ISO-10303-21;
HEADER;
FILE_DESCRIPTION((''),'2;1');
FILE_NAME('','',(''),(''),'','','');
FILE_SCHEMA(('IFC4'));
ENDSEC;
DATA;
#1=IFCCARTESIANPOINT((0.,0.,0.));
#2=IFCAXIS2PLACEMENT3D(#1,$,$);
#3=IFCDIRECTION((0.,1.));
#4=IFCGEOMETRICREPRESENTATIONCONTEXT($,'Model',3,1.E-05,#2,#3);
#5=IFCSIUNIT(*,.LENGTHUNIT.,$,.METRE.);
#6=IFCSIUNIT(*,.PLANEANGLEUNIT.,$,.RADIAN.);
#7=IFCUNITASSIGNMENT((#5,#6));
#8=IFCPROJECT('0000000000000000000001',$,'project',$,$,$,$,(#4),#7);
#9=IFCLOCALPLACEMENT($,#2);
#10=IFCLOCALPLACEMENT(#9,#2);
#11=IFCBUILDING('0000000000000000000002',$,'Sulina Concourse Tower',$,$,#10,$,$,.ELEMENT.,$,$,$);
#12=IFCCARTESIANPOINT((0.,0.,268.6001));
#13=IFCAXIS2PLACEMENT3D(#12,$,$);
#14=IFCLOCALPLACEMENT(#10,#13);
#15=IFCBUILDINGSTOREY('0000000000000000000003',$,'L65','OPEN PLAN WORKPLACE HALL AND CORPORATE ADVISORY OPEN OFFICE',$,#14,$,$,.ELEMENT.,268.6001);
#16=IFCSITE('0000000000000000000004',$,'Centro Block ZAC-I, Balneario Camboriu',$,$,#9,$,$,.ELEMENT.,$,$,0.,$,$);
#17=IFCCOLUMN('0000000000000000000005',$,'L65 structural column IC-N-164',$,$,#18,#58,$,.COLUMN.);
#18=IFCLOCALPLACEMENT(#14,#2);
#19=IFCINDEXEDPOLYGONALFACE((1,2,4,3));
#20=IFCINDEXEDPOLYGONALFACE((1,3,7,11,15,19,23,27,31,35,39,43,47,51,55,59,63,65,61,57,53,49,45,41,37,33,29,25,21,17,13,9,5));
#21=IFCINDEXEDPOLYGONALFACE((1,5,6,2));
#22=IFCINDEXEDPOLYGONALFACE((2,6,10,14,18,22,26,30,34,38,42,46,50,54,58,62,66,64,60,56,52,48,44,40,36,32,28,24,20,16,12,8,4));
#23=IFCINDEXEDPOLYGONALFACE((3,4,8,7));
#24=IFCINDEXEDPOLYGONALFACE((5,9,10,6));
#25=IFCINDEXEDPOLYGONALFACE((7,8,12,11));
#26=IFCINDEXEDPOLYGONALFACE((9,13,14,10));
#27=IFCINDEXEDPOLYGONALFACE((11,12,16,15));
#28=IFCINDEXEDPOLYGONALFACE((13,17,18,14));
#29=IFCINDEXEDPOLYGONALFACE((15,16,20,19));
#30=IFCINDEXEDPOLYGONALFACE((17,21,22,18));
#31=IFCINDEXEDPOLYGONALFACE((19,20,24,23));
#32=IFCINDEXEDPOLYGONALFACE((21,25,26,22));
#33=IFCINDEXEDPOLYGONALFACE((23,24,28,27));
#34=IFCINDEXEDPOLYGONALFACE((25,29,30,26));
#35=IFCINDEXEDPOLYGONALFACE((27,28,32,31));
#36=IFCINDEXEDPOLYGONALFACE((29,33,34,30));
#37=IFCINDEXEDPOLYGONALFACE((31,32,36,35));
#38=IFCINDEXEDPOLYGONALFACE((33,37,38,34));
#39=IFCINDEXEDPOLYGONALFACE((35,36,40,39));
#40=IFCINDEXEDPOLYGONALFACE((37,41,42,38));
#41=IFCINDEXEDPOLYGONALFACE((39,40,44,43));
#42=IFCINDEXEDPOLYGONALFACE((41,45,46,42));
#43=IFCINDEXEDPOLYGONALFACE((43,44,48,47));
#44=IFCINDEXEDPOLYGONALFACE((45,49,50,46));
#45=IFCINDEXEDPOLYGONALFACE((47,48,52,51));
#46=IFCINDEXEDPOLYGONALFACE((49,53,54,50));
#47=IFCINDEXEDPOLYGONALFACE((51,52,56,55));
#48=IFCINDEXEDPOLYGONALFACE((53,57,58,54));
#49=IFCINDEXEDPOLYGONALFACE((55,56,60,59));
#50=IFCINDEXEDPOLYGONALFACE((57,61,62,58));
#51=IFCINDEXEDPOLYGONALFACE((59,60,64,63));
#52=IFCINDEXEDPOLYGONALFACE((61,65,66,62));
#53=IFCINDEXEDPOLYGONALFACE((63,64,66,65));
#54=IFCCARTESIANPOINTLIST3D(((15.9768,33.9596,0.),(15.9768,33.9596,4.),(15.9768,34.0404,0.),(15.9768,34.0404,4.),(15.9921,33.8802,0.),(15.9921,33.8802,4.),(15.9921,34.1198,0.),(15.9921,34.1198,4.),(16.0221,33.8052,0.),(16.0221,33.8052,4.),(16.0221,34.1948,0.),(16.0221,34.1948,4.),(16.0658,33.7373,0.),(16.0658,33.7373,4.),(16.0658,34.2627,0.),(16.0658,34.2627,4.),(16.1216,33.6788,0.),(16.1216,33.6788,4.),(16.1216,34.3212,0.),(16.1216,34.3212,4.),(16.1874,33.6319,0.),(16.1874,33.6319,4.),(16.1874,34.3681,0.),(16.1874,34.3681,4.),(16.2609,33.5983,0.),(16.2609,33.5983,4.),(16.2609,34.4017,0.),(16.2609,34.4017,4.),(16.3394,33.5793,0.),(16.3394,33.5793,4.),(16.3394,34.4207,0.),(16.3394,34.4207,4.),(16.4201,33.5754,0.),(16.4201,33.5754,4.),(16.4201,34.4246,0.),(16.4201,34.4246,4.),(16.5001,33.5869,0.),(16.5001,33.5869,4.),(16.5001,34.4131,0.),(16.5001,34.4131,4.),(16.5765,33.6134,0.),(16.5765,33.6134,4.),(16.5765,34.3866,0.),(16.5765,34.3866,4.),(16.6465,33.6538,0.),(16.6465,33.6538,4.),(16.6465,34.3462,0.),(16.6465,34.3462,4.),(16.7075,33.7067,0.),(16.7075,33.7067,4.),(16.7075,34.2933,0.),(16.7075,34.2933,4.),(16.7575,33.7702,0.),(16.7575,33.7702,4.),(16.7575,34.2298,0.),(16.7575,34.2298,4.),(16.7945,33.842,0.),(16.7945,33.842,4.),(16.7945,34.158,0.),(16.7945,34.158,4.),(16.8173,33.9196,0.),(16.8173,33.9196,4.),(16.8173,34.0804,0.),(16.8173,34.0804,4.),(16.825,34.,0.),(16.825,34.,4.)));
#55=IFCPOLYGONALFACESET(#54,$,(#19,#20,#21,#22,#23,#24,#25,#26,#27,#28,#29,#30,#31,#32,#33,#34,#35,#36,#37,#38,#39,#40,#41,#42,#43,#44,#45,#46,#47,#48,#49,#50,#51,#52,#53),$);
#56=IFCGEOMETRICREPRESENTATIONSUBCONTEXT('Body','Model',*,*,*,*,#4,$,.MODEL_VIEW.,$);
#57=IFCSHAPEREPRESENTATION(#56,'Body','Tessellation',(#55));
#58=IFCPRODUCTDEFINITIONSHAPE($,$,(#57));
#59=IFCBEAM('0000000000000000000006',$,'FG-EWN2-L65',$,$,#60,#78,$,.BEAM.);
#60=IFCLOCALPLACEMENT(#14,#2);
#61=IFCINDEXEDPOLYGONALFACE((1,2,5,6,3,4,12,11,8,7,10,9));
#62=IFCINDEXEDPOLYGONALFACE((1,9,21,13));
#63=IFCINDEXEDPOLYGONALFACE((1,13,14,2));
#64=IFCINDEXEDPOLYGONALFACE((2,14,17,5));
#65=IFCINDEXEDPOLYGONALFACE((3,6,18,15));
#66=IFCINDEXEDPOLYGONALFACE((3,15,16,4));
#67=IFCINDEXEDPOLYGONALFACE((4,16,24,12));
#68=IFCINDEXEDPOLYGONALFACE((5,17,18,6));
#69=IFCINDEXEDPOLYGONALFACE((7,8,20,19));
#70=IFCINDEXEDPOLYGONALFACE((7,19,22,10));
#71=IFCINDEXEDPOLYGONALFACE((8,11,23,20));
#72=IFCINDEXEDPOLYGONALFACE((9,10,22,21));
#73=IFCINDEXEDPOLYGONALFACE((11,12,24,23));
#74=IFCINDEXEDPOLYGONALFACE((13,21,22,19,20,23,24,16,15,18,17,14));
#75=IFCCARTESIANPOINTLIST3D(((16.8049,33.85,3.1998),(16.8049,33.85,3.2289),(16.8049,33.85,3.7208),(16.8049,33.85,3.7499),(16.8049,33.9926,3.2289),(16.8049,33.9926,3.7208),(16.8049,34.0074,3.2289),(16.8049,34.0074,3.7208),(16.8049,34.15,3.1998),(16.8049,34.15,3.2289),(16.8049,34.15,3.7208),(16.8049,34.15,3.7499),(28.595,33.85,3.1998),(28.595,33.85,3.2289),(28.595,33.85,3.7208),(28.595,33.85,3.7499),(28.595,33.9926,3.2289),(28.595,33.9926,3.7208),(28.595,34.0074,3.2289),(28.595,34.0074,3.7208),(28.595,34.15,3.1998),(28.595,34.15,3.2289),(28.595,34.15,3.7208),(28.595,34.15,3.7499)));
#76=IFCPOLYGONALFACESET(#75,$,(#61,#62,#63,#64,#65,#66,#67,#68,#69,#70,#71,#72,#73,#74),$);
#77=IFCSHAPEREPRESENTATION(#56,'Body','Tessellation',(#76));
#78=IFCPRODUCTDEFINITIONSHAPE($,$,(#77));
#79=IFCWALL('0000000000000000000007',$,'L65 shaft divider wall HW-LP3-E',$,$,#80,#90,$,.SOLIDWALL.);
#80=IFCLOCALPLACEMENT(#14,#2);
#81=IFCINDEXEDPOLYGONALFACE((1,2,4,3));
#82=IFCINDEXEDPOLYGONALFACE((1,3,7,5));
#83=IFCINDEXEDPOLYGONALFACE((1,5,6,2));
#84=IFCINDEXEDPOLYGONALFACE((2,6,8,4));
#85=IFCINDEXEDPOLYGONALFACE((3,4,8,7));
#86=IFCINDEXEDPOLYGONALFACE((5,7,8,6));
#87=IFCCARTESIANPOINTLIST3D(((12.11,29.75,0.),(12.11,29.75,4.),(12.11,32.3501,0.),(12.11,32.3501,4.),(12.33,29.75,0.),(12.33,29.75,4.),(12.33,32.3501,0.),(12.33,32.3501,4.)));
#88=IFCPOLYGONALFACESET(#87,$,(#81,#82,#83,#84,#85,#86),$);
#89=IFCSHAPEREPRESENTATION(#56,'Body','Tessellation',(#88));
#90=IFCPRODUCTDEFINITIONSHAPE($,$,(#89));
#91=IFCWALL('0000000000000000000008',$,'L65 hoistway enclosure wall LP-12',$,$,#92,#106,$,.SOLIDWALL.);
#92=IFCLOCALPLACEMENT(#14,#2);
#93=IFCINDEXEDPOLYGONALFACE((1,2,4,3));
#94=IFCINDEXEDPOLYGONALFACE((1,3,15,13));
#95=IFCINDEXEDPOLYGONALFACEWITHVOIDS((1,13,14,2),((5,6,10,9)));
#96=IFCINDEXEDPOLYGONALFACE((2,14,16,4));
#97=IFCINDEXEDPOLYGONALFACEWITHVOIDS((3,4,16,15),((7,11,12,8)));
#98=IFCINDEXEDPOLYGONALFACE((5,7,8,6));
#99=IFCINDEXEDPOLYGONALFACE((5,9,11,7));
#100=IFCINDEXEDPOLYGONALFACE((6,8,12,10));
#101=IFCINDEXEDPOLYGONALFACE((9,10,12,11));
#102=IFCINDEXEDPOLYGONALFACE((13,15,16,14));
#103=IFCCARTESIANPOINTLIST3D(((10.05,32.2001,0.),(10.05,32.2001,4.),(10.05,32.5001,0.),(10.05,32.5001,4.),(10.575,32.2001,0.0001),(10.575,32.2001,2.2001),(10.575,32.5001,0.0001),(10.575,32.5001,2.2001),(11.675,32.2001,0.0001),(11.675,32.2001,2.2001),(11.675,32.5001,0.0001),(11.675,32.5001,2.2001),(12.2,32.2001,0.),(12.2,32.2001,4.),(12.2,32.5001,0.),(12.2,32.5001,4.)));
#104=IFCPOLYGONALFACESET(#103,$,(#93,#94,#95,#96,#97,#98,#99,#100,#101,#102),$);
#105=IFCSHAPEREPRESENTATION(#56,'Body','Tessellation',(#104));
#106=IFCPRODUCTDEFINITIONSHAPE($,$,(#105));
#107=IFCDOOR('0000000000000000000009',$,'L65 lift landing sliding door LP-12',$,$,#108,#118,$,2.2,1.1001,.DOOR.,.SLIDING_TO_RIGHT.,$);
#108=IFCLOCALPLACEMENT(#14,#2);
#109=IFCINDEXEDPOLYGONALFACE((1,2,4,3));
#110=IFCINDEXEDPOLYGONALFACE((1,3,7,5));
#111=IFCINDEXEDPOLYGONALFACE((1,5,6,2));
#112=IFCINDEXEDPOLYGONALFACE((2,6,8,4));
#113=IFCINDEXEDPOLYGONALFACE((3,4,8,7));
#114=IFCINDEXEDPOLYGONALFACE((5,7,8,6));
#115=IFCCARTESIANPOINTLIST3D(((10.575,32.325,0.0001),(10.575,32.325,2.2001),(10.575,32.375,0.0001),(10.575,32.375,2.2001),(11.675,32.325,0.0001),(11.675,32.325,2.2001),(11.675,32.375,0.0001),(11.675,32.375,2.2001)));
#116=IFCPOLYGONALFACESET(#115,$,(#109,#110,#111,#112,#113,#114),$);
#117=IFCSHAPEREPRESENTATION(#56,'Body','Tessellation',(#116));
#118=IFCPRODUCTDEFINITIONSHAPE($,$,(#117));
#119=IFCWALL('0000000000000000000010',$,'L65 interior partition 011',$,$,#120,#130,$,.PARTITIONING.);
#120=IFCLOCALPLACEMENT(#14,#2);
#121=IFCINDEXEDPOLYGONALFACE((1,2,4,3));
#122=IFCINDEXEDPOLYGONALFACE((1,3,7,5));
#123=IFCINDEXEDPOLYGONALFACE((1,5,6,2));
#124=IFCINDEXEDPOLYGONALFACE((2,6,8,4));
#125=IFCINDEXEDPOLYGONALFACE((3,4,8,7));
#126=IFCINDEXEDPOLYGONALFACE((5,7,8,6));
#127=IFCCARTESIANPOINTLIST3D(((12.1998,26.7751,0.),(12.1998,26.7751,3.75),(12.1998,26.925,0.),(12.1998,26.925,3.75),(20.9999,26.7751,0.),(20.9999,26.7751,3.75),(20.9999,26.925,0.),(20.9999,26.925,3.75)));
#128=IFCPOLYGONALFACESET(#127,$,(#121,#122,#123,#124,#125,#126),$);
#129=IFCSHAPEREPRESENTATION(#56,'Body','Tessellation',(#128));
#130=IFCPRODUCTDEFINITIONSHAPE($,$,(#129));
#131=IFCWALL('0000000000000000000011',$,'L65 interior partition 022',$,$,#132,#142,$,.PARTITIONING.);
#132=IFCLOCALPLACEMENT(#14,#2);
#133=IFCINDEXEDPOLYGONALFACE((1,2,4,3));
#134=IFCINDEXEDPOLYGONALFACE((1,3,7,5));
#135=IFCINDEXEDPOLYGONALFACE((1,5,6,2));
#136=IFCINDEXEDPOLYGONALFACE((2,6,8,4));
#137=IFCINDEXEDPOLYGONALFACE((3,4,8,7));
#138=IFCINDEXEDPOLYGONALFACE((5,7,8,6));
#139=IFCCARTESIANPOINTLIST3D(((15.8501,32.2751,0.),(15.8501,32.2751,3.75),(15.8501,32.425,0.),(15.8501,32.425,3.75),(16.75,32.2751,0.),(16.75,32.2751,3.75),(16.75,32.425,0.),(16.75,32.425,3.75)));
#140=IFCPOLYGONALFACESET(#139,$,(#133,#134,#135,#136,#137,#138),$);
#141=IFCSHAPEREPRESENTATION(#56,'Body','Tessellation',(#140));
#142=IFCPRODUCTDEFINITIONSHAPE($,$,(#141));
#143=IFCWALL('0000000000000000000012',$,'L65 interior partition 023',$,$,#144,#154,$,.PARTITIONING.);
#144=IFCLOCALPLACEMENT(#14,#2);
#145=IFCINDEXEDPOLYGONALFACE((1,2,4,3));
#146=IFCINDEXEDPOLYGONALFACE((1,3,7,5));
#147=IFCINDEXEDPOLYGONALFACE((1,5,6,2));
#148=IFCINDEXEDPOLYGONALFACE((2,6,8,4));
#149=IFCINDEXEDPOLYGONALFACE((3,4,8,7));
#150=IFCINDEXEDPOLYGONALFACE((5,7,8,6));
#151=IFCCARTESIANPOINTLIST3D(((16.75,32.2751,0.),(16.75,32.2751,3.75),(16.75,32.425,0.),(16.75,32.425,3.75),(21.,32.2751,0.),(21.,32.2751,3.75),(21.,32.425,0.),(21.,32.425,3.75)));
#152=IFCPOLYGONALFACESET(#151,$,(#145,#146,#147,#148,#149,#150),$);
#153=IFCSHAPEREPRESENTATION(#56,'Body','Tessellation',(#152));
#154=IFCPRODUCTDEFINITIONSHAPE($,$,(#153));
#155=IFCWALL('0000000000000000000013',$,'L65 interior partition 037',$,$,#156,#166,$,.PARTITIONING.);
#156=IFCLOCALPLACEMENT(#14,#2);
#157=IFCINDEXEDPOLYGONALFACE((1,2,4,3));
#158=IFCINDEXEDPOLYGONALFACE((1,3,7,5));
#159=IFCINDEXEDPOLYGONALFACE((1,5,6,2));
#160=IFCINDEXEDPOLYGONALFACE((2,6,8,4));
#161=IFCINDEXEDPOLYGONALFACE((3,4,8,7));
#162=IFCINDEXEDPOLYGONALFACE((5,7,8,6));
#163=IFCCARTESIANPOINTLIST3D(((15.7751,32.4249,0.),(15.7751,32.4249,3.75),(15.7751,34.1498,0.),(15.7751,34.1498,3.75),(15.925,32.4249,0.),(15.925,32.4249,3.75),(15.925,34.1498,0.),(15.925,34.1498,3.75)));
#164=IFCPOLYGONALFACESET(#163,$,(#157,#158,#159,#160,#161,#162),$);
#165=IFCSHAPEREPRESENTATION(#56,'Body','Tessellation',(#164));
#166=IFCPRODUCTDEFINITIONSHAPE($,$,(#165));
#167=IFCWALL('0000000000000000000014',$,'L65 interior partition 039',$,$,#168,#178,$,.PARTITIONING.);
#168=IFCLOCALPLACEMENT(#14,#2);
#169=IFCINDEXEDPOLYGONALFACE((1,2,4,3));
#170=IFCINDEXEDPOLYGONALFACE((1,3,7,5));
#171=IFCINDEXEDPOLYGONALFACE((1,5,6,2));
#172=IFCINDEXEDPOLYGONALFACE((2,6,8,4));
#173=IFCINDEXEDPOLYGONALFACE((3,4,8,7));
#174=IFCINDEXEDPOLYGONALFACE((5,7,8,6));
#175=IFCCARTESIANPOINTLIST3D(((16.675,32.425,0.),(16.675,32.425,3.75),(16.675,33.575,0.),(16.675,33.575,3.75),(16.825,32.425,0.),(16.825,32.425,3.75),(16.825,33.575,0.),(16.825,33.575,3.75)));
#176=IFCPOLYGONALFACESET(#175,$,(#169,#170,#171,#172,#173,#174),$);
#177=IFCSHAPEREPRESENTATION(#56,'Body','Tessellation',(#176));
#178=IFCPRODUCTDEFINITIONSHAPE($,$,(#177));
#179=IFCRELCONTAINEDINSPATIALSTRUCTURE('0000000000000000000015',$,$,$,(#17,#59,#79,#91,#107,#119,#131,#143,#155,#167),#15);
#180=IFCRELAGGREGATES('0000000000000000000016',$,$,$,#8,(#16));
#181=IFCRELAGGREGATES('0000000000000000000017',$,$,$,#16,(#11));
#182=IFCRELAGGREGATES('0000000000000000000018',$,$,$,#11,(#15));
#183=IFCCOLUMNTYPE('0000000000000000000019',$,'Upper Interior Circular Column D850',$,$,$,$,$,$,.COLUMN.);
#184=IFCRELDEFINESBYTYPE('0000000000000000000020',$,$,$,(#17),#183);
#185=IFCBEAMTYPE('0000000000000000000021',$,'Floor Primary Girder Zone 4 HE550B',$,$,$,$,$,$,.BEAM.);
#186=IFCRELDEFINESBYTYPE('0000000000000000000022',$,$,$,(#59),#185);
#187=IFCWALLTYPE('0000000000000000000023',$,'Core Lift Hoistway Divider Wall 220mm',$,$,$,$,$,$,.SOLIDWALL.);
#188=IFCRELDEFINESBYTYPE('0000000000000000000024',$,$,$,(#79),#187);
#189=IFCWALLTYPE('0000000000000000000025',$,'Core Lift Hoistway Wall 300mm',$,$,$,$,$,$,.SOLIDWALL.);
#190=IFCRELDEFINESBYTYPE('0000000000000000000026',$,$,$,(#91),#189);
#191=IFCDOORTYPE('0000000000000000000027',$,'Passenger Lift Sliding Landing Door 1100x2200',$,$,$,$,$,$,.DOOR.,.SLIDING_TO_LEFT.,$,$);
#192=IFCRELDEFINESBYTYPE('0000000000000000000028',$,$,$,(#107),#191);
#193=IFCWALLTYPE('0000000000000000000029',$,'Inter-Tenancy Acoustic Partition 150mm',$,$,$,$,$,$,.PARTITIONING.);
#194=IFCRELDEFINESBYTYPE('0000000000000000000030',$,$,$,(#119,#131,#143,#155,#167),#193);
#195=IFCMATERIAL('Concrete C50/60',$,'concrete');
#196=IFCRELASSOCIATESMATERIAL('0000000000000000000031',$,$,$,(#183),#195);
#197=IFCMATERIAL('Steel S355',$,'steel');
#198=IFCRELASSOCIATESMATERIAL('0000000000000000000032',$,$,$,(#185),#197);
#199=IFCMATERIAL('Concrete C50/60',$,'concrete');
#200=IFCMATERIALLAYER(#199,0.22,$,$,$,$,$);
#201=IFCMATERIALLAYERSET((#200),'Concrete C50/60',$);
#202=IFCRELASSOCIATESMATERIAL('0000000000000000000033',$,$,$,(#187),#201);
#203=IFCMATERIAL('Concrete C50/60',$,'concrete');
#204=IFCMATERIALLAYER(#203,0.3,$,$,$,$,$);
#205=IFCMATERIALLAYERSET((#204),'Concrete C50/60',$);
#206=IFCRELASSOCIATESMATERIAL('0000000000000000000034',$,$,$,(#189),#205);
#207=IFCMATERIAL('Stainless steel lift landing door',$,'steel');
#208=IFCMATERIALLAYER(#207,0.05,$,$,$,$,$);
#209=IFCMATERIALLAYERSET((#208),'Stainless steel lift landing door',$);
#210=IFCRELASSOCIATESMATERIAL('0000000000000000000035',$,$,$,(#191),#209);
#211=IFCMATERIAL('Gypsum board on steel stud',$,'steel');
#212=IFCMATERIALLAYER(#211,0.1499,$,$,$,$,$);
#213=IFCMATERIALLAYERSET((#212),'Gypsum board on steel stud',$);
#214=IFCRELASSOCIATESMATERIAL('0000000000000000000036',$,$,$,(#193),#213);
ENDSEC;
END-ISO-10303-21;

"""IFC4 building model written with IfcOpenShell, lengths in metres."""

from ifc_helpers import new_model, si_unit, direction, frame, frame_2d, origin, origin_2d, place, context, subcontext, project, spatial, rectangle, circle, i_section, extrude, material, layer, layer_set, material_profile, profile_set, type_object, element, fill, save


model = new_model("IFC4")

# Units and contexts
model_context = context("Model", 3, precision=1e-05, world=origin(), true_north=direction((0.0, 1.0)))
body_context = subcontext(model_context, "Body", "Model", "MODEL_VIEW")
ifc_project = project(units=[si_unit("LENGTHUNIT", "METRE"), si_unit("PLANEANGLEUNIT", "RADIAN")], contexts=[model_context])

# Site, building, storey
site_placement = place(None, origin())
site = spatial("IfcSite", under=ifc_project, at=site_placement, Name="Centro Block ZAC-I, Balneario Camboriu", CompositionType="ELEMENT", RefElevation=0.0)
building_placement = place(site_placement, origin())
building = spatial("IfcBuilding", under=site, at=building_placement, Name="Sulina Concourse Tower", CompositionType="ELEMENT")
storey_placement = place(building_placement, frame((0.0, 0.0, 268.6001)))
storey = spatial("IfcBuildingStorey", under=building, at=storey_placement, Name="L65", Description="OPEN PLAN WORKPLACE HALL AND CORPORATE ADVISORY OPEN OFFICE", CompositionType="ELEMENT", Elevation=268.6001)

# Column
ifc_material_1 = material(Name="Concrete C50/60", Category="concrete")
ifc_material_profile_1 = material_profile(ifc_material_1, circle(Radius=0.425, at=origin_2d()), Name="RC D850")
ifc_profile_set_1 = profile_set([ifc_material_profile_1], Name="Concrete C50/60")
column_type = type_object("IfcColumnType", Name="Upper Interior Circular Column D850", PredefinedType="COLUMN", material=ifc_profile_set_1)
column_placement = place(storey_placement, frame((16.3999, 34.0, 0.0), z_axis=(0.0, 0.0, 1.0), x_axis=(1.0, 0.0, 0.0)))
element("IfcColumn", 1, at=column_placement, inside=storey, type_object=column_type, Name="L65 structural column IC-N-164", PredefinedType="COLUMN", context=body_context, shape_type="SweptSolid", body=[
    extrude(circle(Radius=0.425, at=origin_2d()), origin(), (0.0, 0.0, 1.0), 4.0),
])

# Beam
ifc_material_2 = material(Name="Steel S355", Category="steel")
ifc_material_profile_2 = material_profile(ifc_material_2, i_section(OverallWidth=0.3, OverallDepth=0.55, WebThickness=0.0149, FlangeThickness=0.0291, at=origin_2d()), Name="HE 550 B")
ifc_profile_set_2 = profile_set([ifc_material_profile_2], Name="Steel S355")
beam_type = type_object("IfcBeamType", Name="Floor Primary Girder Zone 4 HE550B", PredefinedType="BEAM", material=ifc_profile_set_2)
beam_placement = place(storey_placement, frame((16.8049, 34.0, 3.4749), z_axis=(1.0, 0.0, 0.0), x_axis=(0.0, 1.0, 0.0)))
element("IfcBeam", 2, at=beam_placement, inside=storey, type_object=beam_type, Name="FG-EWN2-L65", PredefinedType="BEAM", context=body_context, shape_type="SweptSolid", body=[
    extrude(i_section(OverallWidth=0.3, OverallDepth=0.55, WebThickness=0.0149, FlangeThickness=0.0291, at=origin_2d()), origin(), (0.0, 0.0, 1.0), 11.79),
])

# Wall
ifc_material_3 = material(Name="Concrete C50/60", Category="concrete")
ifc_layer_1 = layer(ifc_material_3, 0.22)
ifc_layer_set_1 = layer_set([ifc_layer_1], Name="Concrete C50/60")
wall_type_1 = type_object("IfcWallType", Name="Core Lift Hoistway Divider Wall 220mm", PredefinedType="SOLIDWALL", material=ifc_layer_set_1)
wall_1_placement = place(storey_placement, frame((12.22, 29.75, 0.0), z_axis=(0.0, 0.0, 1.0), x_axis=(0.0, 1.0, 0.0)))
element("IfcWall", 3, at=wall_1_placement, inside=storey, type_object=wall_type_1, Name="L65 shaft divider wall HW-LP3-E", PredefinedType="SOLIDWALL", context=body_context, shape_type="SweptSolid", body=[
    extrude(rectangle(XDim=2.6001, YDim=0.22, at=frame_2d((1.3, 0.0))), origin(), (0.0, 0.0, 1.0), 4.0),
])

# Wall, opening, door
ifc_material_4 = material(Name="Concrete C50/60", Category="concrete")
ifc_layer_2 = layer(ifc_material_4, 0.3)
ifc_layer_set_2 = layer_set([ifc_layer_2], Name="Concrete C50/60")
wall_type_2 = type_object("IfcWallType", Name="Core Lift Hoistway Wall 300mm", PredefinedType="SOLIDWALL", material=ifc_layer_set_2)
wall_2_placement = place(storey_placement, frame((10.05, 32.3501, 0.0), z_axis=(0.0, 0.0, 1.0), x_axis=(1.0, 0.0, 0.0)))
wall_2 = element("IfcWall", 4, at=wall_2_placement, inside=storey, type_object=wall_type_2, Name="L65 hoistway enclosure wall LP-12", PredefinedType="SOLIDWALL", context=body_context, shape_type="SweptSolid", body=[
    extrude(rectangle(XDim=2.1499, YDim=0.3, at=frame_2d((1.075, 0.0))), origin(), (0.0, 0.0, 1.0), 4.0),
])
opening_1_placement = place(wall_2_placement, frame((0.5249, 0.0, 0.0)))
opening_1 = element("IfcOpeningElement", 5, at=opening_1_placement, cuts=wall_2, PredefinedType="OPENING", context=body_context, shape_type="SweptSolid", body=[
    extrude(rectangle(XDim=1.1001, YDim=2.2, at=frame_2d((0.55, 1.1001))), frame((0.0, 0.1599, 0.0), z_axis=(0.0, -1.0, 0.0), x_axis=(1.0, 0.0, 0.0)), (0.0, 0.0, 1.0), 0.3201),
])
ifc_material_5 = material(Name="Stainless steel lift landing door", Category="steel")
ifc_layer_3 = layer(ifc_material_5, 0.05)
ifc_layer_set_3 = layer_set([ifc_layer_3], Name="Stainless steel lift landing door")
door_type_1 = type_object("IfcDoorType", Name="Passenger Lift Sliding Landing Door 1100x2200", OperationType="SLIDING_TO_LEFT", PredefinedType="DOOR", material=ifc_layer_set_3)
door_1_placement = place(opening_1_placement, origin())
door_1 = element("IfcDoor", 6, at=door_1_placement, inside=storey, type_object=door_type_1, Name="L65 lift landing sliding door LP-12", OperationType="SLIDING_TO_RIGHT", OverallHeight=2.2, OverallWidth=1.1001, PredefinedType="DOOR", context=body_context, shape_type="SweptSolid", body=[
    extrude(rectangle(XDim=1.1001, YDim=2.2, at=frame_2d((0.55, 1.1001))), frame((0.0, 0.0249, 0.0), z_axis=(0.0, -1.0, 0.0), x_axis=(1.0, 0.0, 0.0)), (0.0, 0.0, 1.0), 0.05),
])
fill(opening_1, door_1)

# Wall
ifc_material_6 = material(Name="Gypsum board on steel stud", Category="steel")
ifc_layer_4 = layer(ifc_material_6, 0.1499)
ifc_layer_set_4 = layer_set([ifc_layer_4], Name="Gypsum board on steel stud")
wall_type_3 = type_object("IfcWallType", Name="Inter-Tenancy Acoustic Partition 150mm", PredefinedType="PARTITIONING", material=ifc_layer_set_4)
wall_3_placement = place(storey_placement, frame((12.2, 26.8501, 0.0), z_axis=(0.0, 0.0, 1.0), x_axis=(1.0, 0.0, 0.0)))
element("IfcWall", 7, at=wall_3_placement, inside=storey, type_object=wall_type_3, Name="L65 interior partition 011", PredefinedType="PARTITIONING", context=body_context, shape_type="SweptSolid", body=[
    extrude(rectangle(XDim=8.8, YDim=0.1499, at=frame_2d((4.3999, 0.0))), origin(), (0.0, 0.0, 1.0), 3.75),
])

# Walls
wall_4_placement = place(storey_placement, frame((15.8501, 32.3501, 0.0), z_axis=(0.0, 0.0, 1.0), x_axis=(1.0, 0.0, 0.0)))
element("IfcWall", 8, at=wall_4_placement, inside=storey, type_object=wall_type_3, Name="L65 interior partition 022", PredefinedType="PARTITIONING", context=body_context, shape_type="SweptSolid", body=[
    extrude(rectangle(XDim=0.8999, YDim=0.1499, at=frame_2d((0.45, 0.0))), origin(), (0.0, 0.0, 1.0), 3.75),
])
wall_5_placement = place(storey_placement, frame((16.75, 32.3501, 0.0), z_axis=(0.0, 0.0, 1.0), x_axis=(1.0, 0.0, 0.0)))
element("IfcWall", 9, at=wall_5_placement, inside=storey, type_object=wall_type_3, Name="L65 interior partition 023", PredefinedType="PARTITIONING", context=body_context, shape_type="SweptSolid", body=[
    extrude(rectangle(XDim=4.25, YDim=0.1499, at=frame_2d((2.125, 0.0))), origin(), (0.0, 0.0, 1.0), 3.75),
])
wall_6_placement = place(storey_placement, frame((15.8501, 32.425, 0.0), z_axis=(0.0, 0.0, 1.0), x_axis=(0.0, 1.0, 0.0)))
element("IfcWall", 10, at=wall_6_placement, inside=storey, type_object=wall_type_3, Name="L65 interior partition 037", PredefinedType="PARTITIONING", context=body_context, shape_type="SweptSolid", body=[
    extrude(rectangle(XDim=1.7249, YDim=0.1499, at=frame_2d((0.8623, 0.0))), origin(), (0.0, 0.0, 1.0), 3.75),
])
wall_7_placement = place(storey_placement, frame((16.75, 32.425, 0.0), z_axis=(0.0, 0.0, 1.0), x_axis=(0.0, 1.0, 0.0)))
element("IfcWall", 11, at=wall_7_placement, inside=storey, type_object=wall_type_3, Name="L65 interior partition 039", PredefinedType="PARTITIONING", context=body_context, shape_type="SweptSolid", body=[
    extrude(rectangle(XDim=1.1499, YDim=0.1499, at=frame_2d((0.575, 0.0))), origin(), (0.0, 0.0, 1.0), 3.75),
])

save(model, "model.ifc")
